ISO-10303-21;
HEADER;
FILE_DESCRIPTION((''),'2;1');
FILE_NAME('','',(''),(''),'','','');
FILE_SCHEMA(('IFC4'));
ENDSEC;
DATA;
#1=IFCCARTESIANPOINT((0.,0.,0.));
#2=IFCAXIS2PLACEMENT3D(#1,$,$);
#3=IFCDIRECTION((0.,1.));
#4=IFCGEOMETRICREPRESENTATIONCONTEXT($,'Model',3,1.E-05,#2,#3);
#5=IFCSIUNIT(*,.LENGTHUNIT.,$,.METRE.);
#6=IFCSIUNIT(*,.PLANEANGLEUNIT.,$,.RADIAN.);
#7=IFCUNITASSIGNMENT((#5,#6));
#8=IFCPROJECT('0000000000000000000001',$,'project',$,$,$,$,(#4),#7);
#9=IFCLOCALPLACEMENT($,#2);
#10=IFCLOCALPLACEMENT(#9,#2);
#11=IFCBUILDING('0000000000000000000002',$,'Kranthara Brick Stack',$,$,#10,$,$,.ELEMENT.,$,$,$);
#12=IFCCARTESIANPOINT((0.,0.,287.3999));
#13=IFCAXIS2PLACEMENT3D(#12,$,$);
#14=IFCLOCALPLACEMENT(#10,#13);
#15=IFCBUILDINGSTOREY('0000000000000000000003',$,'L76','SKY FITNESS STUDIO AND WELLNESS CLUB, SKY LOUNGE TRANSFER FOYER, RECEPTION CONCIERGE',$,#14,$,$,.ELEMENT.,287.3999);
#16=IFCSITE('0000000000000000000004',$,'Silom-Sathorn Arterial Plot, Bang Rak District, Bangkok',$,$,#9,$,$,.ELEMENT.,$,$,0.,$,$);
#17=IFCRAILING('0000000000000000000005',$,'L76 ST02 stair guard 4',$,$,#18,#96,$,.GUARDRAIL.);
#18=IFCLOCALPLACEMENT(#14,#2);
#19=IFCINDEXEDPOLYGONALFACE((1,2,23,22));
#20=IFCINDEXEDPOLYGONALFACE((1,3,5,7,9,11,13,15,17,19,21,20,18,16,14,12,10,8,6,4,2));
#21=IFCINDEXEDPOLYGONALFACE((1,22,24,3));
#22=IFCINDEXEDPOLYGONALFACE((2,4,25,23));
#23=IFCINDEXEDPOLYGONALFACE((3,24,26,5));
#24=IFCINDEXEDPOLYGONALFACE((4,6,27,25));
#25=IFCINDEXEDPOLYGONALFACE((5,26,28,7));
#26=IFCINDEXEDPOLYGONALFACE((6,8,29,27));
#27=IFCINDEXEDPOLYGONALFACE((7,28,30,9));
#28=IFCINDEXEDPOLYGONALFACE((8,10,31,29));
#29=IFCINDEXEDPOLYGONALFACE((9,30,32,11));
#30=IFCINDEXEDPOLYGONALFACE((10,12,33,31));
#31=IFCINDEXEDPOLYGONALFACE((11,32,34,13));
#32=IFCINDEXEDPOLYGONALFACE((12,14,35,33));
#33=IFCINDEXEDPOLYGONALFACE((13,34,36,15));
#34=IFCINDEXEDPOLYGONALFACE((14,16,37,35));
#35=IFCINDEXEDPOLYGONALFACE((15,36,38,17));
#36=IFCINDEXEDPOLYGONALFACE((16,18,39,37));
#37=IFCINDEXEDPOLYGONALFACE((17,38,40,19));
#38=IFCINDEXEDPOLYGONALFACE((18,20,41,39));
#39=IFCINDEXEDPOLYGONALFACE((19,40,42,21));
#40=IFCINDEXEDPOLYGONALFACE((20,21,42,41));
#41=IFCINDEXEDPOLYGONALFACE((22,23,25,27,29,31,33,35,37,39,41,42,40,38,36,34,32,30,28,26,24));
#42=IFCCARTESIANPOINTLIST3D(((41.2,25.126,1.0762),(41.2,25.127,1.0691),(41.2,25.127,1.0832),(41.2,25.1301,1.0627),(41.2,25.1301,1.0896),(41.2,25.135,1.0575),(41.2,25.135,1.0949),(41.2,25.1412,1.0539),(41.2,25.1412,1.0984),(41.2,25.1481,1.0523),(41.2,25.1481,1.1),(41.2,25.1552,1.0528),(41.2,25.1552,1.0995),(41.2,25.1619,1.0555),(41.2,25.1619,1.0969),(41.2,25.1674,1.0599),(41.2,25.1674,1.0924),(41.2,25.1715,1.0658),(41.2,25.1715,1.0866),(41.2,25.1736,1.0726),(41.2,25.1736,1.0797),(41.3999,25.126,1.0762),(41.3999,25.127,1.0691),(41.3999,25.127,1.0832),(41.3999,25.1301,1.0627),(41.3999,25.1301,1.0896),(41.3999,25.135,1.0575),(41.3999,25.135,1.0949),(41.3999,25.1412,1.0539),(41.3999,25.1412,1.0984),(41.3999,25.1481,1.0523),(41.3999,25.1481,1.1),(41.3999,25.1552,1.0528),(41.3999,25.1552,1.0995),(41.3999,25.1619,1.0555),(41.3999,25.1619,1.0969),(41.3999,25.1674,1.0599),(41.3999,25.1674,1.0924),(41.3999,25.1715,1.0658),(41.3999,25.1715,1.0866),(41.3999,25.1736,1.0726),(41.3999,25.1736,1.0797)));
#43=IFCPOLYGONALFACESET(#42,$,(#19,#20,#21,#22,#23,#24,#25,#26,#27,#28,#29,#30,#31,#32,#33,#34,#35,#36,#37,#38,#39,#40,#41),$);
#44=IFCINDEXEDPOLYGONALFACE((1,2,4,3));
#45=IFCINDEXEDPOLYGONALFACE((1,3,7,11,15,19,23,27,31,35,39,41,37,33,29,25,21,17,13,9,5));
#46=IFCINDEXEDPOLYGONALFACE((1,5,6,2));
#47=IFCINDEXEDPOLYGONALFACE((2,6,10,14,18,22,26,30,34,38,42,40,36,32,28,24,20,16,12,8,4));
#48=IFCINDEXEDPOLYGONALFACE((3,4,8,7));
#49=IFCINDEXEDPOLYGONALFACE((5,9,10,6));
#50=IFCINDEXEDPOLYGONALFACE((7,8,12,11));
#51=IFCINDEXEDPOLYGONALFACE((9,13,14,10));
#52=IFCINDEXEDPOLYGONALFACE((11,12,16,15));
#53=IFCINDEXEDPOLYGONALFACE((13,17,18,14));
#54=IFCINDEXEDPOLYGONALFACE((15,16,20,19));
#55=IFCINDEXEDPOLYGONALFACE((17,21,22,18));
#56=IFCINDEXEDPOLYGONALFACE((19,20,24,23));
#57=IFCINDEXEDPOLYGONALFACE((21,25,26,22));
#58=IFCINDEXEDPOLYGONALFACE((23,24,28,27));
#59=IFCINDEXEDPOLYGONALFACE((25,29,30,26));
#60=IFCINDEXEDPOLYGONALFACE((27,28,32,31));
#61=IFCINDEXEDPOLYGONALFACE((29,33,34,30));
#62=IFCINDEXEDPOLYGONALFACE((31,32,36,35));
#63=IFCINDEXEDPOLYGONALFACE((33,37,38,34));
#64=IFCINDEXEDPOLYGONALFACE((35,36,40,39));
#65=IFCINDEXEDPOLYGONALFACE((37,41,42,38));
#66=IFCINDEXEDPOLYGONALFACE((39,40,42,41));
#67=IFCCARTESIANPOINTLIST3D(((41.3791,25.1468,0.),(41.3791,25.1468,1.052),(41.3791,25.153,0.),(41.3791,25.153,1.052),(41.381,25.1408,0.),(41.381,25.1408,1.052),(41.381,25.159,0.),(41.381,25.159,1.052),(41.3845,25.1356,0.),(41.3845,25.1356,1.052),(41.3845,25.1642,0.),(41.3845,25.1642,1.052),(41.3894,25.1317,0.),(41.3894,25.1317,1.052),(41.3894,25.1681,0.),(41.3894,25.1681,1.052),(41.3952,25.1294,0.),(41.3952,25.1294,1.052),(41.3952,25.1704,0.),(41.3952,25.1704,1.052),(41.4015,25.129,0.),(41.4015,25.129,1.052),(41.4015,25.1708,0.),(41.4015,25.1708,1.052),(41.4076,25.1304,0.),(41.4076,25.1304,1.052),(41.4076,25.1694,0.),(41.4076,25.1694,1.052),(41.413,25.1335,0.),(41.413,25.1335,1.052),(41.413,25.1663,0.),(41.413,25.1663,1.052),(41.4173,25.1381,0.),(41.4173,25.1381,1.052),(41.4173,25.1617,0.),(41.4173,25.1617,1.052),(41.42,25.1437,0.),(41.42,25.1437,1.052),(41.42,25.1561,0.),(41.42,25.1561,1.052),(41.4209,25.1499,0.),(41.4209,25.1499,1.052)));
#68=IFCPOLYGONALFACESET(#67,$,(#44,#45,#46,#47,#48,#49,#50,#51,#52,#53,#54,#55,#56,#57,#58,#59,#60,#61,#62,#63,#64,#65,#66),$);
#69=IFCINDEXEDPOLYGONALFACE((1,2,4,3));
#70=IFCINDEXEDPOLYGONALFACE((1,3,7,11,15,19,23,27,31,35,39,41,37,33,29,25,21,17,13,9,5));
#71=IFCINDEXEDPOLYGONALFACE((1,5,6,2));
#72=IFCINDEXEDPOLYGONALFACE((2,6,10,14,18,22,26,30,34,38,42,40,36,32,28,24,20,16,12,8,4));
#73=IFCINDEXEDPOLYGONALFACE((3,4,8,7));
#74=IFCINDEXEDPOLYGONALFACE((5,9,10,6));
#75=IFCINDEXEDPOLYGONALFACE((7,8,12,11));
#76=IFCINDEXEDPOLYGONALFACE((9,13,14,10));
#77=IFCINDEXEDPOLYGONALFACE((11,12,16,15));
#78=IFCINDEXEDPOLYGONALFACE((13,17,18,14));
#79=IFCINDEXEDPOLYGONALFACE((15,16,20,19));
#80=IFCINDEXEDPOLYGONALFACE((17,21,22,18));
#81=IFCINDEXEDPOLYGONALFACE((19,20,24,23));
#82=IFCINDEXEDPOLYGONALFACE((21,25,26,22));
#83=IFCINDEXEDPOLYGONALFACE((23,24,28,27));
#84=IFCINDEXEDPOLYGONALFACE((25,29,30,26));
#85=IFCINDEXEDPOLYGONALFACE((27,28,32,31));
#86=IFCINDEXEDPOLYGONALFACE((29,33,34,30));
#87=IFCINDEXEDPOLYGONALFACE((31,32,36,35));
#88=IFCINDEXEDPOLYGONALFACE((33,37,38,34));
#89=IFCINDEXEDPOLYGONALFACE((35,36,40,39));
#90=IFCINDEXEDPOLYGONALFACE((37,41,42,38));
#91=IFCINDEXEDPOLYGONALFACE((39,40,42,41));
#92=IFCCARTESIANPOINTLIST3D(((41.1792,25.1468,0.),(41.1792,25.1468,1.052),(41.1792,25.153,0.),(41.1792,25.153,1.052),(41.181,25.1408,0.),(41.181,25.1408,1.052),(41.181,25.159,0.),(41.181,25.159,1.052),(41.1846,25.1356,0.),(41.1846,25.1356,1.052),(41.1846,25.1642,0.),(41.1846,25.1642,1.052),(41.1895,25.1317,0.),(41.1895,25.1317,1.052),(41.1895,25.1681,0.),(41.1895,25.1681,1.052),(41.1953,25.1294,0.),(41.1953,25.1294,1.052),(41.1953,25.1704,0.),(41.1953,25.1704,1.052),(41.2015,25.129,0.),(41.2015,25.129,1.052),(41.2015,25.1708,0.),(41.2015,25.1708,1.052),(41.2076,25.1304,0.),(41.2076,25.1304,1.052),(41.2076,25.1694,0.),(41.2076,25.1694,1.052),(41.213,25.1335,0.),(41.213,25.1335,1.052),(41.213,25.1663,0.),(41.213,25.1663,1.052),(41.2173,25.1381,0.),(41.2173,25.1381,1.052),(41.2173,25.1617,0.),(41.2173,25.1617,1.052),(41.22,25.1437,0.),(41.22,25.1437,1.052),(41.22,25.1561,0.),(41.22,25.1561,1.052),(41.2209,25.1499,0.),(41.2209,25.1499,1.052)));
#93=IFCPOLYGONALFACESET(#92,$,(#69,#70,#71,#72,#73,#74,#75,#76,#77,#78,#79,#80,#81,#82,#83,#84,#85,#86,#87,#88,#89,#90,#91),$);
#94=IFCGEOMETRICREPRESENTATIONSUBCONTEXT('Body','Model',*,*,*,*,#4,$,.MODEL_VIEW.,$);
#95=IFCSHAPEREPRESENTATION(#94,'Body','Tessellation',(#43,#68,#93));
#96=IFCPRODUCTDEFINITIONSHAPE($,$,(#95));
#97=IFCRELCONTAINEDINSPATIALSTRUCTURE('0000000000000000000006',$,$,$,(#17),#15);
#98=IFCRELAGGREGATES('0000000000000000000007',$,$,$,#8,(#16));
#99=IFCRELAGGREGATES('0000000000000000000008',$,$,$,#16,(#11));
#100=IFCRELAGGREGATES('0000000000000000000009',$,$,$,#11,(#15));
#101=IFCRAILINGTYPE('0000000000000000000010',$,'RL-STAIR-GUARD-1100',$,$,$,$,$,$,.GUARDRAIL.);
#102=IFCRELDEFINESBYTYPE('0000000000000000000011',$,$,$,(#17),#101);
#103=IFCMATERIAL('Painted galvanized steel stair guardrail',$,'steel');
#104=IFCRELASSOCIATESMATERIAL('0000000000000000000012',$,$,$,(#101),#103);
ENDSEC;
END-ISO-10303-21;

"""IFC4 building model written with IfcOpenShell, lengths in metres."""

from ifc_helpers import new_model, si_unit, direction, frame, origin, origin_2d, place, context, subcontext, project, spatial, circle, extrude, material, type_object, element, save


model = new_model("IFC4")

# Units and contexts
model_context = context("Model", 3, precision=1e-05, world=origin(), true_north=direction((0.0, 1.0)))
body_context = subcontext(model_context, "Body", "Model", "MODEL_VIEW")
ifc_project = project(units=[si_unit("LENGTHUNIT", "METRE"), si_unit("PLANEANGLEUNIT", "RADIAN")], contexts=[model_context])

# Site, building, storey
site_placement = place(None, origin())
site = spatial("IfcSite", under=ifc_project, at=site_placement, Name="Silom-Sathorn Arterial Plot, Bang Rak District, Bangkok", CompositionType="ELEMENT", RefElevation=0.0)
building_placement = place(site_placement, origin())
building = spatial("IfcBuilding", under=site, at=building_placement, Name="Kranthara Brick Stack", CompositionType="ELEMENT")
storey_placement = place(building_placement, frame((0.0, 0.0, 287.3999)))
storey = spatial("IfcBuildingStorey", under=building, at=storey_placement, Name="L76", Description="SKY FITNESS STUDIO AND WELLNESS CLUB, SKY LOUNGE TRANSFER FOYER, RECEPTION CONCIERGE", CompositionType="ELEMENT", Elevation=287.3999)

# Railing
ifc_material_1 = material(Name="Painted galvanized steel stair guardrail", Category="steel")
railing_type_1 = type_object("IfcRailingType", Name="RL-STAIR-GUARD-1100", PredefinedType="GUARDRAIL", material=ifc_material_1)
railing_1_placement = place(storey_placement, frame((41.3999, 25.1499, 0.0)))
element("IfcRailing", 1, at=railing_1_placement, inside=storey, type_object=railing_type_1, Name="L76 ST02 stair guard 4", PredefinedType="GUARDRAIL", context=body_context, shape_type="SweptSolid", body=[
    extrude(circle(Radius=0.0239, at=origin_2d()), frame((0.0, 0.0, 1.0762), z_axis=(-1.0, 0.0, 0.0), x_axis=(0.0, -1.0, 0.0)), (0.0, 0.0, 1.0), 0.2),
    extrude(circle(Radius=0.021, at=origin_2d()), origin(), (0.0, 0.0, 1.0), 1.052),
    extrude(circle(Radius=0.021, at=origin_2d()), frame((-0.2, 0.0, 0.0)), (0.0, 0.0, 1.0), 1.052),
])

save(model, "model.ifc")
